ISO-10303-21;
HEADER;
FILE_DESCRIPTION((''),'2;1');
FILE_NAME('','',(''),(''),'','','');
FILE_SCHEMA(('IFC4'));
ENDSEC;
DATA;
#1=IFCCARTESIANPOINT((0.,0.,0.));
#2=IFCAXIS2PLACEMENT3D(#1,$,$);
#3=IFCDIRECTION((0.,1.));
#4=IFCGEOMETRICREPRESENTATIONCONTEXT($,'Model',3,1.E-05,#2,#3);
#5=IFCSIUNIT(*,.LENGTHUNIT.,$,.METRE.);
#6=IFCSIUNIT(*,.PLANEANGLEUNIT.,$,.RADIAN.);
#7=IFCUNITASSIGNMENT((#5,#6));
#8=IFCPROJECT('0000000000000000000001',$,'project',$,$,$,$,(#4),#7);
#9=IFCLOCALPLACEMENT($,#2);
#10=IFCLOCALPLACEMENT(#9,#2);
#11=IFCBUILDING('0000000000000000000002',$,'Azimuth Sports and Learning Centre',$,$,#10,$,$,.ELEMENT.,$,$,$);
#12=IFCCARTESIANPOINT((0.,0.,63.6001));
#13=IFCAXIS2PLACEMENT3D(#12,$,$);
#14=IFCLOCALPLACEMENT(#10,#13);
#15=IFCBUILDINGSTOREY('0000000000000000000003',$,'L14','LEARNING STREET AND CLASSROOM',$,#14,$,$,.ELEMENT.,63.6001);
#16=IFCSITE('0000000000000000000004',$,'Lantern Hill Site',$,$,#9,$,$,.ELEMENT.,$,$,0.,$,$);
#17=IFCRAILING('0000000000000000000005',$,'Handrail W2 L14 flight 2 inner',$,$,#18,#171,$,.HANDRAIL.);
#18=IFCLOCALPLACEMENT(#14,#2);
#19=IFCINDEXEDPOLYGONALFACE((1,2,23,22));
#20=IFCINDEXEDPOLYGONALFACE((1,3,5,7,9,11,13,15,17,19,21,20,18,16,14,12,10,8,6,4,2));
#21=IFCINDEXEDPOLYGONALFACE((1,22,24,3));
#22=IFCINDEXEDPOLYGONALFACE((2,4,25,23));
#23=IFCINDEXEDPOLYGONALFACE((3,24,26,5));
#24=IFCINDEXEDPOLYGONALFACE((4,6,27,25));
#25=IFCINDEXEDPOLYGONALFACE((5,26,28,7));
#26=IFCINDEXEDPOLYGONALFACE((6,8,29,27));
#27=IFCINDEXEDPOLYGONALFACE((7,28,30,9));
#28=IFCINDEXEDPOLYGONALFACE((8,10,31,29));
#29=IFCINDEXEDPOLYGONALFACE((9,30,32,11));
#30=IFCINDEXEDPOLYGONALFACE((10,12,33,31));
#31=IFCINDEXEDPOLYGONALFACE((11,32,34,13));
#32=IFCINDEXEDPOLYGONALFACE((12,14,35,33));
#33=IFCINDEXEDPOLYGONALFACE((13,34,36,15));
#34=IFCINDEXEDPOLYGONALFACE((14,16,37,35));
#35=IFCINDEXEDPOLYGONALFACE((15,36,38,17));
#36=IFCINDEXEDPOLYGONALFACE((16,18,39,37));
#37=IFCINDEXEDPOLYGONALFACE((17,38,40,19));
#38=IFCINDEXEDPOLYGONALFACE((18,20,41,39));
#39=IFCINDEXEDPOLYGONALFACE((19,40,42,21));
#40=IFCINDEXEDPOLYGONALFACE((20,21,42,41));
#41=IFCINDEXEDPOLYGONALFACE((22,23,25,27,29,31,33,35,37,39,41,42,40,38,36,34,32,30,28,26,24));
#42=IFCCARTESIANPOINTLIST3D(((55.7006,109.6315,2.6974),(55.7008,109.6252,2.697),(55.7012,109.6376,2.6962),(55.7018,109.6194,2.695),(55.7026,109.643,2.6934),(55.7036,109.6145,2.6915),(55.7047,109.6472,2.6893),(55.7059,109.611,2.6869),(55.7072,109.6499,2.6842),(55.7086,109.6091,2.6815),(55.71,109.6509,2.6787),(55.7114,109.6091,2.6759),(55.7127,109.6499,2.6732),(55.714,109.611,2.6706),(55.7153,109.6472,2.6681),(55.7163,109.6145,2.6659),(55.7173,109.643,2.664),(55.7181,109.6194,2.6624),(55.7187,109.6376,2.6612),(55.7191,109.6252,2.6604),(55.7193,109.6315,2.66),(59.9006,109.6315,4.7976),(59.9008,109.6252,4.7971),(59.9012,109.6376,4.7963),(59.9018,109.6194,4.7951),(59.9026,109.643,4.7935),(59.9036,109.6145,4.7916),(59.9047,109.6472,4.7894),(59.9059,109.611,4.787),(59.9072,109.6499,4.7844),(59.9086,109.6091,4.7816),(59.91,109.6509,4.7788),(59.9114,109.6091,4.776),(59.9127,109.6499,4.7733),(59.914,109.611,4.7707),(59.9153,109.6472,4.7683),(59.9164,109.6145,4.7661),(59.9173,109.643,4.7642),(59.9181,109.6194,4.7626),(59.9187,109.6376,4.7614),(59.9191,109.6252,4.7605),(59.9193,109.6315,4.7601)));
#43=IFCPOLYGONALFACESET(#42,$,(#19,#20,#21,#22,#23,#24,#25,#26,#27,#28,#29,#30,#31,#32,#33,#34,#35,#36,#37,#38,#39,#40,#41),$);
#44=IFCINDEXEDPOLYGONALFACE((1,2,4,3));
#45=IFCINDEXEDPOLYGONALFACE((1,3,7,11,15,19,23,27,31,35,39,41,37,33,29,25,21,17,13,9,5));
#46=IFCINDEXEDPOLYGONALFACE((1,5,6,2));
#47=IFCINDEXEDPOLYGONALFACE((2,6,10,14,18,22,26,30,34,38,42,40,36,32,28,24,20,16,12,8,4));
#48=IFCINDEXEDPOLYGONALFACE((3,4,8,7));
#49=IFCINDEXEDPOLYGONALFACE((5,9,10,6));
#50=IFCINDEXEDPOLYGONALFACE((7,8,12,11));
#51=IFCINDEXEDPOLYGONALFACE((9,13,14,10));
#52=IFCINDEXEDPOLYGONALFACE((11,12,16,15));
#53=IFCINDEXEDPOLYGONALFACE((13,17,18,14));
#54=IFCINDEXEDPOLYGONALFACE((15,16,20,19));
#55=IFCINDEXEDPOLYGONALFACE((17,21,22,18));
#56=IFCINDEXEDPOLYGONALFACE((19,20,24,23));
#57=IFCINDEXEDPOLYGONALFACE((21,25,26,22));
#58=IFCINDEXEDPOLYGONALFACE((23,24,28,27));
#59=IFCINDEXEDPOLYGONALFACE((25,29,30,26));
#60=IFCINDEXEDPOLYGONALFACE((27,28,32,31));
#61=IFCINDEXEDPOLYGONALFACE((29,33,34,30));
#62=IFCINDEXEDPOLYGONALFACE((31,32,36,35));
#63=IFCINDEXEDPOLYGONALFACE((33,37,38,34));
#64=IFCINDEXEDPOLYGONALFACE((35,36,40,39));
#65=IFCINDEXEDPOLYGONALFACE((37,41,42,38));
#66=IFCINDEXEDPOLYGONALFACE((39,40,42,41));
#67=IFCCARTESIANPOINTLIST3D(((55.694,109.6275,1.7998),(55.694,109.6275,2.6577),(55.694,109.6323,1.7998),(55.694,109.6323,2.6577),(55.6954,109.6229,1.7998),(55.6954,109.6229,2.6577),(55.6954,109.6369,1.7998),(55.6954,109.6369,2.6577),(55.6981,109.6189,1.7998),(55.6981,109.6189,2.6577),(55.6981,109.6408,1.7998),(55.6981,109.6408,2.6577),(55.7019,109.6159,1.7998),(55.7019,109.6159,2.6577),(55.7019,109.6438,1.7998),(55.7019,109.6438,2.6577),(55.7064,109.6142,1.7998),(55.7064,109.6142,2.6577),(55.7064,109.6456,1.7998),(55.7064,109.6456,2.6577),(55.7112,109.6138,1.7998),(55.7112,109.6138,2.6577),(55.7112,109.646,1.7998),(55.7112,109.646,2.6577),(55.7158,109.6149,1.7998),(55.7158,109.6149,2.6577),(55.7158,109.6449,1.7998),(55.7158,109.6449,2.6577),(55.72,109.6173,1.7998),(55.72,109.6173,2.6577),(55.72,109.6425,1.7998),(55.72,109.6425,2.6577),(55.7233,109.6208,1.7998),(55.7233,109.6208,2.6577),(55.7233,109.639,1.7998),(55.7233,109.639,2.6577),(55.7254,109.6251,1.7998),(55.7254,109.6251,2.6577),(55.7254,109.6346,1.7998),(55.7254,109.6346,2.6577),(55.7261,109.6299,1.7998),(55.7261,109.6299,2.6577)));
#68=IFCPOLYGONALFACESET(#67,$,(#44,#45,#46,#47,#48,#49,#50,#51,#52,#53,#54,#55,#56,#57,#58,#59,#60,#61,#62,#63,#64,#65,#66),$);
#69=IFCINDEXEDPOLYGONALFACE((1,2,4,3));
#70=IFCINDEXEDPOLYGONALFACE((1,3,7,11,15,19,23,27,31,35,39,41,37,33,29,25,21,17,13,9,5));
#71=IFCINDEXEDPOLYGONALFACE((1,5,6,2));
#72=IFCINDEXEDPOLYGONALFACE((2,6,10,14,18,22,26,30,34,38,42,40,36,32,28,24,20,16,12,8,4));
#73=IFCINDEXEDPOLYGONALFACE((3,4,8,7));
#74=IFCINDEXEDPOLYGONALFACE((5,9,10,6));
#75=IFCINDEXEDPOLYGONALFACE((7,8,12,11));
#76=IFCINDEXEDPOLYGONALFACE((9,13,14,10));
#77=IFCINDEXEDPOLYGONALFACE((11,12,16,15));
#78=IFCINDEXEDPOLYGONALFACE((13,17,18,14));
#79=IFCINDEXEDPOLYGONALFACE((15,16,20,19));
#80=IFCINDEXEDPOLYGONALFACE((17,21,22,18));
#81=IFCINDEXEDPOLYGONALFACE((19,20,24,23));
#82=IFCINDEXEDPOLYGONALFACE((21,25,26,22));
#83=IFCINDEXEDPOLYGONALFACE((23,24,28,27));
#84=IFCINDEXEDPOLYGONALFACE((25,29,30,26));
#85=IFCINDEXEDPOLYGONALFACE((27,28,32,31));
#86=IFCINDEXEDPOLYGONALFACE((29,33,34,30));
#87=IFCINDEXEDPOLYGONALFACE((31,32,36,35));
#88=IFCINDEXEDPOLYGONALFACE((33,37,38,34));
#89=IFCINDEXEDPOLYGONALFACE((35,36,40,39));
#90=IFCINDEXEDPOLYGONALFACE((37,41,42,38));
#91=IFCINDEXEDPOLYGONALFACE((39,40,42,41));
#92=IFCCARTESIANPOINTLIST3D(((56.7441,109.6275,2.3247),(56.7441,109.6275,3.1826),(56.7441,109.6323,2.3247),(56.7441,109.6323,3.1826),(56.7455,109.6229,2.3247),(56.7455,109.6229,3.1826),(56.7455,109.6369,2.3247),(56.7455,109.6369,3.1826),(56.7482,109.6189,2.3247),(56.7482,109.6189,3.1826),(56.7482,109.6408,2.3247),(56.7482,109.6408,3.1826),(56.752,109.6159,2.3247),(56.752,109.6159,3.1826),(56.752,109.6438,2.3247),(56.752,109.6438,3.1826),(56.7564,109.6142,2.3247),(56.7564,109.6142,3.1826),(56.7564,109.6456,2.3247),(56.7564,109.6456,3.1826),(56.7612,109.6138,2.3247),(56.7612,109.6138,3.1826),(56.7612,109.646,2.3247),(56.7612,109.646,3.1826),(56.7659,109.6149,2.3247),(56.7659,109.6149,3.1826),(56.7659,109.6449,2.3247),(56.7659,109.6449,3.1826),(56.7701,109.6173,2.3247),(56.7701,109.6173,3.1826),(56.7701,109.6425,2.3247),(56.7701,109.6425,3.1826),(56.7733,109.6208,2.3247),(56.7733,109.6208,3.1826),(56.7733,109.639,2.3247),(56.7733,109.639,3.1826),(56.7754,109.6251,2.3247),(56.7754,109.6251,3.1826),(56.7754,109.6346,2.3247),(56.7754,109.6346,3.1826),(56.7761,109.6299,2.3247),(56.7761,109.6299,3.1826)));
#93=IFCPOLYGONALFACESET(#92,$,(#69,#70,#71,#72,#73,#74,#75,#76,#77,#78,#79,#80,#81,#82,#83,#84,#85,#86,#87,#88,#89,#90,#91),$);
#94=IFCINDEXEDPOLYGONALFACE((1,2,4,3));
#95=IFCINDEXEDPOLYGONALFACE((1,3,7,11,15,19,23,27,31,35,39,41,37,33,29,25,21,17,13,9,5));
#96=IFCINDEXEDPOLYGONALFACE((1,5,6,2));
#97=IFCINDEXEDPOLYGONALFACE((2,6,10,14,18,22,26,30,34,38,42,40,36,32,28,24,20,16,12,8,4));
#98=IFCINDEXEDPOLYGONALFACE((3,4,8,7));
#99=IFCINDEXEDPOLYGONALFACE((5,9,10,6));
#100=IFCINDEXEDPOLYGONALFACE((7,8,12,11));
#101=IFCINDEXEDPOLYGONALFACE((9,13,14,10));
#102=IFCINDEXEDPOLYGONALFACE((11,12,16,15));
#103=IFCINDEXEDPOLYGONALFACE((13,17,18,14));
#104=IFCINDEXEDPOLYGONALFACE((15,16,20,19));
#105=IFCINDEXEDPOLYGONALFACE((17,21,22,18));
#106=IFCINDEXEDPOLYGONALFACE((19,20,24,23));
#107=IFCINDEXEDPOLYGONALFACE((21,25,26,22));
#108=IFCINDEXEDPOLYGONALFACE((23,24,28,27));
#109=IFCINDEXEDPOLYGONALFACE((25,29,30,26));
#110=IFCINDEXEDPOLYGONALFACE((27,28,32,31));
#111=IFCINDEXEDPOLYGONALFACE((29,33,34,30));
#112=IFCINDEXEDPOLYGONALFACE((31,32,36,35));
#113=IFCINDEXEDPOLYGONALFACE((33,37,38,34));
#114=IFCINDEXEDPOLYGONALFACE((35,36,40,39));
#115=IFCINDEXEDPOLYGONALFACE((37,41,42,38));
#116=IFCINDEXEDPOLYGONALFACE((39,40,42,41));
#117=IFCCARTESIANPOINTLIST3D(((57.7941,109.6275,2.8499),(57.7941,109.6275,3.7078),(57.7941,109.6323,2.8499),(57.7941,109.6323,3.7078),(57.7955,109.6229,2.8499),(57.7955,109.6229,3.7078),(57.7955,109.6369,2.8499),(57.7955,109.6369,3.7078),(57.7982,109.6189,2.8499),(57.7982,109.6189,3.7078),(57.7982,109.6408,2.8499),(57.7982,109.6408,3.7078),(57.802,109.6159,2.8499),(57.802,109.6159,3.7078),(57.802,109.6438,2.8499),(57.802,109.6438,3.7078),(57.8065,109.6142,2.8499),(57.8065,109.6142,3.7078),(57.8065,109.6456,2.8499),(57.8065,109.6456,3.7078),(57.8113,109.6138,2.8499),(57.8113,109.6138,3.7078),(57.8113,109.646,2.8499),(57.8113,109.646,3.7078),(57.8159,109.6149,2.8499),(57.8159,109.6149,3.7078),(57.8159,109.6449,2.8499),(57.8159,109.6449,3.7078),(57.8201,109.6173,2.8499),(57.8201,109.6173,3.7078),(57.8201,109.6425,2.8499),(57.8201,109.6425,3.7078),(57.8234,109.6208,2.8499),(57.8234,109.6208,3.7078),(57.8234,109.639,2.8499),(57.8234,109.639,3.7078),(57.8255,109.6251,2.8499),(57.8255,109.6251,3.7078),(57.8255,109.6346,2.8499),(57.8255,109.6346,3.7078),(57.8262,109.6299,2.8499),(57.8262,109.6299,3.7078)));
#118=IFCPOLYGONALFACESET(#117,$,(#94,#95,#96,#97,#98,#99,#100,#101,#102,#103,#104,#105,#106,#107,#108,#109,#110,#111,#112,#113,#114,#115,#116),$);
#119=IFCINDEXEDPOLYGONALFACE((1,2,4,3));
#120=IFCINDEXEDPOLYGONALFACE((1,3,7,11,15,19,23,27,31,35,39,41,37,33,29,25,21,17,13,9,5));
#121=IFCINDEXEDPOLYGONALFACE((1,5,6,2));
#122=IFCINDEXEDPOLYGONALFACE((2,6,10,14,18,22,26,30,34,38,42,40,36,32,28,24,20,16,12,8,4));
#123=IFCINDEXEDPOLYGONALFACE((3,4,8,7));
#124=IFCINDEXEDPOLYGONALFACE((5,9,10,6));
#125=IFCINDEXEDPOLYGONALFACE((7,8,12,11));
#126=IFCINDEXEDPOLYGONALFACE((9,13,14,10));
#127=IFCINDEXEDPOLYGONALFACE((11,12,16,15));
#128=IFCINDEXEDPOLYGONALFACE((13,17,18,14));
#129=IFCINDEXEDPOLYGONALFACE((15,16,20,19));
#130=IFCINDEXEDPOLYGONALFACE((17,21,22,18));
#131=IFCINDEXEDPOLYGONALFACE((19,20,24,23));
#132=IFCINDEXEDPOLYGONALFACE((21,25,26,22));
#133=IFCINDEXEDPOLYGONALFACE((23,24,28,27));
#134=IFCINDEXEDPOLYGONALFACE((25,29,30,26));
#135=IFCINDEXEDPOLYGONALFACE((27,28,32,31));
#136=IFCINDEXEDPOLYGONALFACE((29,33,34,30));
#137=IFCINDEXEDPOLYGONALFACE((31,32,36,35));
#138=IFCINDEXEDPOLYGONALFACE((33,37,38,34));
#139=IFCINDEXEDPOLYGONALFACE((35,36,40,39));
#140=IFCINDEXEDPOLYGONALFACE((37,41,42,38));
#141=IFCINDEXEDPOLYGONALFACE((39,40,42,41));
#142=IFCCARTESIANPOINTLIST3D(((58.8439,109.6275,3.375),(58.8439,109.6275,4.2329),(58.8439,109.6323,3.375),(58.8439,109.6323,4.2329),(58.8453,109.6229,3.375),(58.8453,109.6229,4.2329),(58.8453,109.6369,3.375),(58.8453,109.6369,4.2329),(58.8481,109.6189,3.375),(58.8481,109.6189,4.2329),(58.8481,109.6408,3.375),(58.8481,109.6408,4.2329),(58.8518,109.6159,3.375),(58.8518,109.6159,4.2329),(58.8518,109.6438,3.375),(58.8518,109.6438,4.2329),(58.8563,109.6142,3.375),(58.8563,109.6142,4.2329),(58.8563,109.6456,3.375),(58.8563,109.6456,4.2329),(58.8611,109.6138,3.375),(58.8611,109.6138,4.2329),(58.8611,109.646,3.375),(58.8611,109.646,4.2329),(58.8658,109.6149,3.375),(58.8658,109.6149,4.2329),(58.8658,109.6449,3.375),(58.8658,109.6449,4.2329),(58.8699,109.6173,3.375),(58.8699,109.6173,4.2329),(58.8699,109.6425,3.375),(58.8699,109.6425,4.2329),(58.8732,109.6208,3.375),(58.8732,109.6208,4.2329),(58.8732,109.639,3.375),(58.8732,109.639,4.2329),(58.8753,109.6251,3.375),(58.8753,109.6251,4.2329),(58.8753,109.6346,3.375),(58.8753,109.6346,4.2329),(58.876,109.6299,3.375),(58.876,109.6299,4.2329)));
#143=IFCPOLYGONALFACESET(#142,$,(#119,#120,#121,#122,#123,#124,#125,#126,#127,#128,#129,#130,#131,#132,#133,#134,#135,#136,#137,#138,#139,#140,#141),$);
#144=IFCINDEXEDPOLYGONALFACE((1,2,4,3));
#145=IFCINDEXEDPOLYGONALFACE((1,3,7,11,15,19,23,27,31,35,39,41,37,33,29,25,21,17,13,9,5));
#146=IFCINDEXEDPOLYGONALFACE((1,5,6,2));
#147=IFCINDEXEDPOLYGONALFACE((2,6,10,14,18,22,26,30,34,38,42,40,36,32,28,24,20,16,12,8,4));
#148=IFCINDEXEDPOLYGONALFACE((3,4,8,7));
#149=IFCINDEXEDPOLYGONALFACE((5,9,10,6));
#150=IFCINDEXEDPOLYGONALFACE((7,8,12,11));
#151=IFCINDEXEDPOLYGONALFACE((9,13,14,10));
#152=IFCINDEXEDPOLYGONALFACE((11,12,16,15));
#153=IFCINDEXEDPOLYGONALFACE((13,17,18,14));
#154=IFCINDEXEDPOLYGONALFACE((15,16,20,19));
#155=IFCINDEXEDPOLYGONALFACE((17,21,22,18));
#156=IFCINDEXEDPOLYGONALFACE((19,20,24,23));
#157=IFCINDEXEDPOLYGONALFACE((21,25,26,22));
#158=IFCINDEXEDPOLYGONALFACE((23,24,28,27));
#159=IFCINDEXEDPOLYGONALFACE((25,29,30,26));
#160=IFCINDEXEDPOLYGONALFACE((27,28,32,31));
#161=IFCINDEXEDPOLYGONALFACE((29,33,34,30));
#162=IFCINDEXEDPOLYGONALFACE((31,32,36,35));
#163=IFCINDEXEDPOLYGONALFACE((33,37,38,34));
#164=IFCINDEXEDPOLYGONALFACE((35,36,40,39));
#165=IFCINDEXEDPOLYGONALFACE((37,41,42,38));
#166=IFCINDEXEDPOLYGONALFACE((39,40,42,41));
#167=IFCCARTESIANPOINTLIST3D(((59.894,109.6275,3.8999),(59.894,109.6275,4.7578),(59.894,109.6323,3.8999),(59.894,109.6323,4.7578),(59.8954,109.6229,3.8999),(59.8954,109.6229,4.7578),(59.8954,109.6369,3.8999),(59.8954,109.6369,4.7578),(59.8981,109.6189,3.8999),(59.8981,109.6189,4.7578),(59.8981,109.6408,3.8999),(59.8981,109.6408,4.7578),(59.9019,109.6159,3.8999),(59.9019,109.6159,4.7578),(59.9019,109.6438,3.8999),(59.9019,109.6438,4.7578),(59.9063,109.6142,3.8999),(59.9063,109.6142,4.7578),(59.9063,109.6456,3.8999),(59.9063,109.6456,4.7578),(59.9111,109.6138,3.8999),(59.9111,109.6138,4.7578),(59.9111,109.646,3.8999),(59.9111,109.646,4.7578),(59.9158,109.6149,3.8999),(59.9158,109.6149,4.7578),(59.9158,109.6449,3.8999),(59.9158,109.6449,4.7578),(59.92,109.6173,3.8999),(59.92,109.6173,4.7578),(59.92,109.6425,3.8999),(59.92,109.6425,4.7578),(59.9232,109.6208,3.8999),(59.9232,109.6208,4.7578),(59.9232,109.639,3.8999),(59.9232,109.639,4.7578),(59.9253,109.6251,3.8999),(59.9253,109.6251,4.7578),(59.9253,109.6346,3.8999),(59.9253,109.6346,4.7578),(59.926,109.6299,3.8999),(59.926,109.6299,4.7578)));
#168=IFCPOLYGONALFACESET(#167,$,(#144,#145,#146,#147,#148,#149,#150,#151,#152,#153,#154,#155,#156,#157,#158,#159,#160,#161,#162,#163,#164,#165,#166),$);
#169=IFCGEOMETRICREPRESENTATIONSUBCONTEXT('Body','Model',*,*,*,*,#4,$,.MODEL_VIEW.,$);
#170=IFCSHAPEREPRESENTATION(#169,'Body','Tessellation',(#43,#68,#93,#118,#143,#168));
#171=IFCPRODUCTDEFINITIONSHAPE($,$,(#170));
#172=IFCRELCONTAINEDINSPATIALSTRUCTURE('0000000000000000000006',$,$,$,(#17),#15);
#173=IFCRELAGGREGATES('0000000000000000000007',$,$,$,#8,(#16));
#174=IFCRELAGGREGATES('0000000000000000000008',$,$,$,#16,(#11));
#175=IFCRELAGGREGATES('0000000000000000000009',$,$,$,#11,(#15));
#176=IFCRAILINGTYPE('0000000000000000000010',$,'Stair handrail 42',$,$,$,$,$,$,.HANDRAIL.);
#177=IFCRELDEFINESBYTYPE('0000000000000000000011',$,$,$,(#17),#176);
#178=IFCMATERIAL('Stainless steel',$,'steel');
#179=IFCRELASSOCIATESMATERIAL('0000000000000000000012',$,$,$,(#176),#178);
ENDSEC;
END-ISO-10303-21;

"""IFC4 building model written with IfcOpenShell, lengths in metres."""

from ifc_helpers import new_model, si_unit, direction, frame, origin, origin_2d, place, context, subcontext, project, spatial, circle, extrude, material, type_object, element, save


model = new_model("IFC4")

# Units and contexts
model_context = context("Model", 3, precision=1e-05, world=origin(), true_north=direction((0.0, 1.0)))
body_context = subcontext(model_context, "Body", "Model", "MODEL_VIEW")
ifc_project = project(units=[si_unit("LENGTHUNIT", "METRE"), si_unit("PLANEANGLEUNIT", "RADIAN")], contexts=[model_context])

# Site, building, storey
site_placement = place(None, origin())
site = spatial("IfcSite", under=ifc_project, at=site_placement, Name="Lantern Hill Site", CompositionType="ELEMENT", RefElevation=0.0)
building_placement = place(site_placement, origin())
building = spatial("IfcBuilding", under=site, at=building_placement, Name="Azimuth Sports and Learning Centre", CompositionType="ELEMENT")
storey_placement = place(building_placement, frame((0.0, 0.0, 63.6001)))
storey = spatial("IfcBuildingStorey", under=building, at=storey_placement, Name="L14", Description="LEARNING STREET AND CLASSROOM", CompositionType="ELEMENT", Elevation=63.6001)

# Railing
ifc_material_1 = material(Name="Stainless steel", Category="steel")
railing_type = type_object("IfcRailingType", Name="Stair handrail 42", PredefinedType="HANDRAIL", material=ifc_material_1)
for number, where, name in (
    (1, (55.71, 109.6299, 1.7998), "Handrail W2 L14 flight 2 inner"),
):
    element("IfcRailing", number, at=place(storey_placement, frame(where)), inside=storey, type_object=railing_type, Name=name, PredefinedType="HANDRAIL", context=body_context, shape_type="SweptSolid", body=[
        extrude(circle(Radius=0.021, at=origin_2d()), frame((0.0, 0.0, 0.8789), z_axis=(0.894417, 0.0, 0.447234), x_axis=(0.0, 1.0, 0.0)), (0.0, 0.0, 1.0), 4.6958),
        extrude(circle(Radius=0.0161, at=origin_2d()), origin(), (0.0, 0.0, 1.0), 0.8579),
        extrude(circle(Radius=0.0161, at=origin_2d()), frame((1.05, 0.0, 0.5249)), (0.0, 0.0, 1.0), 0.8579),
        extrude(circle(Radius=0.0161, at=origin_2d()), frame((2.1001, 0.0, 1.05)), (0.0, 0.0, 1.0), 0.8579),
        extrude(circle(Radius=0.0161, at=origin_2d()), frame((3.1499, 0.0, 1.5752)), (0.0, 0.0, 1.0), 0.8579),
        extrude(circle(Radius=0.0161, at=origin_2d()), frame((4.2, 0.0, 2.1001)), (0.0, 0.0, 1.0), 0.8579),
    ])

save(model, "model.ifc")
